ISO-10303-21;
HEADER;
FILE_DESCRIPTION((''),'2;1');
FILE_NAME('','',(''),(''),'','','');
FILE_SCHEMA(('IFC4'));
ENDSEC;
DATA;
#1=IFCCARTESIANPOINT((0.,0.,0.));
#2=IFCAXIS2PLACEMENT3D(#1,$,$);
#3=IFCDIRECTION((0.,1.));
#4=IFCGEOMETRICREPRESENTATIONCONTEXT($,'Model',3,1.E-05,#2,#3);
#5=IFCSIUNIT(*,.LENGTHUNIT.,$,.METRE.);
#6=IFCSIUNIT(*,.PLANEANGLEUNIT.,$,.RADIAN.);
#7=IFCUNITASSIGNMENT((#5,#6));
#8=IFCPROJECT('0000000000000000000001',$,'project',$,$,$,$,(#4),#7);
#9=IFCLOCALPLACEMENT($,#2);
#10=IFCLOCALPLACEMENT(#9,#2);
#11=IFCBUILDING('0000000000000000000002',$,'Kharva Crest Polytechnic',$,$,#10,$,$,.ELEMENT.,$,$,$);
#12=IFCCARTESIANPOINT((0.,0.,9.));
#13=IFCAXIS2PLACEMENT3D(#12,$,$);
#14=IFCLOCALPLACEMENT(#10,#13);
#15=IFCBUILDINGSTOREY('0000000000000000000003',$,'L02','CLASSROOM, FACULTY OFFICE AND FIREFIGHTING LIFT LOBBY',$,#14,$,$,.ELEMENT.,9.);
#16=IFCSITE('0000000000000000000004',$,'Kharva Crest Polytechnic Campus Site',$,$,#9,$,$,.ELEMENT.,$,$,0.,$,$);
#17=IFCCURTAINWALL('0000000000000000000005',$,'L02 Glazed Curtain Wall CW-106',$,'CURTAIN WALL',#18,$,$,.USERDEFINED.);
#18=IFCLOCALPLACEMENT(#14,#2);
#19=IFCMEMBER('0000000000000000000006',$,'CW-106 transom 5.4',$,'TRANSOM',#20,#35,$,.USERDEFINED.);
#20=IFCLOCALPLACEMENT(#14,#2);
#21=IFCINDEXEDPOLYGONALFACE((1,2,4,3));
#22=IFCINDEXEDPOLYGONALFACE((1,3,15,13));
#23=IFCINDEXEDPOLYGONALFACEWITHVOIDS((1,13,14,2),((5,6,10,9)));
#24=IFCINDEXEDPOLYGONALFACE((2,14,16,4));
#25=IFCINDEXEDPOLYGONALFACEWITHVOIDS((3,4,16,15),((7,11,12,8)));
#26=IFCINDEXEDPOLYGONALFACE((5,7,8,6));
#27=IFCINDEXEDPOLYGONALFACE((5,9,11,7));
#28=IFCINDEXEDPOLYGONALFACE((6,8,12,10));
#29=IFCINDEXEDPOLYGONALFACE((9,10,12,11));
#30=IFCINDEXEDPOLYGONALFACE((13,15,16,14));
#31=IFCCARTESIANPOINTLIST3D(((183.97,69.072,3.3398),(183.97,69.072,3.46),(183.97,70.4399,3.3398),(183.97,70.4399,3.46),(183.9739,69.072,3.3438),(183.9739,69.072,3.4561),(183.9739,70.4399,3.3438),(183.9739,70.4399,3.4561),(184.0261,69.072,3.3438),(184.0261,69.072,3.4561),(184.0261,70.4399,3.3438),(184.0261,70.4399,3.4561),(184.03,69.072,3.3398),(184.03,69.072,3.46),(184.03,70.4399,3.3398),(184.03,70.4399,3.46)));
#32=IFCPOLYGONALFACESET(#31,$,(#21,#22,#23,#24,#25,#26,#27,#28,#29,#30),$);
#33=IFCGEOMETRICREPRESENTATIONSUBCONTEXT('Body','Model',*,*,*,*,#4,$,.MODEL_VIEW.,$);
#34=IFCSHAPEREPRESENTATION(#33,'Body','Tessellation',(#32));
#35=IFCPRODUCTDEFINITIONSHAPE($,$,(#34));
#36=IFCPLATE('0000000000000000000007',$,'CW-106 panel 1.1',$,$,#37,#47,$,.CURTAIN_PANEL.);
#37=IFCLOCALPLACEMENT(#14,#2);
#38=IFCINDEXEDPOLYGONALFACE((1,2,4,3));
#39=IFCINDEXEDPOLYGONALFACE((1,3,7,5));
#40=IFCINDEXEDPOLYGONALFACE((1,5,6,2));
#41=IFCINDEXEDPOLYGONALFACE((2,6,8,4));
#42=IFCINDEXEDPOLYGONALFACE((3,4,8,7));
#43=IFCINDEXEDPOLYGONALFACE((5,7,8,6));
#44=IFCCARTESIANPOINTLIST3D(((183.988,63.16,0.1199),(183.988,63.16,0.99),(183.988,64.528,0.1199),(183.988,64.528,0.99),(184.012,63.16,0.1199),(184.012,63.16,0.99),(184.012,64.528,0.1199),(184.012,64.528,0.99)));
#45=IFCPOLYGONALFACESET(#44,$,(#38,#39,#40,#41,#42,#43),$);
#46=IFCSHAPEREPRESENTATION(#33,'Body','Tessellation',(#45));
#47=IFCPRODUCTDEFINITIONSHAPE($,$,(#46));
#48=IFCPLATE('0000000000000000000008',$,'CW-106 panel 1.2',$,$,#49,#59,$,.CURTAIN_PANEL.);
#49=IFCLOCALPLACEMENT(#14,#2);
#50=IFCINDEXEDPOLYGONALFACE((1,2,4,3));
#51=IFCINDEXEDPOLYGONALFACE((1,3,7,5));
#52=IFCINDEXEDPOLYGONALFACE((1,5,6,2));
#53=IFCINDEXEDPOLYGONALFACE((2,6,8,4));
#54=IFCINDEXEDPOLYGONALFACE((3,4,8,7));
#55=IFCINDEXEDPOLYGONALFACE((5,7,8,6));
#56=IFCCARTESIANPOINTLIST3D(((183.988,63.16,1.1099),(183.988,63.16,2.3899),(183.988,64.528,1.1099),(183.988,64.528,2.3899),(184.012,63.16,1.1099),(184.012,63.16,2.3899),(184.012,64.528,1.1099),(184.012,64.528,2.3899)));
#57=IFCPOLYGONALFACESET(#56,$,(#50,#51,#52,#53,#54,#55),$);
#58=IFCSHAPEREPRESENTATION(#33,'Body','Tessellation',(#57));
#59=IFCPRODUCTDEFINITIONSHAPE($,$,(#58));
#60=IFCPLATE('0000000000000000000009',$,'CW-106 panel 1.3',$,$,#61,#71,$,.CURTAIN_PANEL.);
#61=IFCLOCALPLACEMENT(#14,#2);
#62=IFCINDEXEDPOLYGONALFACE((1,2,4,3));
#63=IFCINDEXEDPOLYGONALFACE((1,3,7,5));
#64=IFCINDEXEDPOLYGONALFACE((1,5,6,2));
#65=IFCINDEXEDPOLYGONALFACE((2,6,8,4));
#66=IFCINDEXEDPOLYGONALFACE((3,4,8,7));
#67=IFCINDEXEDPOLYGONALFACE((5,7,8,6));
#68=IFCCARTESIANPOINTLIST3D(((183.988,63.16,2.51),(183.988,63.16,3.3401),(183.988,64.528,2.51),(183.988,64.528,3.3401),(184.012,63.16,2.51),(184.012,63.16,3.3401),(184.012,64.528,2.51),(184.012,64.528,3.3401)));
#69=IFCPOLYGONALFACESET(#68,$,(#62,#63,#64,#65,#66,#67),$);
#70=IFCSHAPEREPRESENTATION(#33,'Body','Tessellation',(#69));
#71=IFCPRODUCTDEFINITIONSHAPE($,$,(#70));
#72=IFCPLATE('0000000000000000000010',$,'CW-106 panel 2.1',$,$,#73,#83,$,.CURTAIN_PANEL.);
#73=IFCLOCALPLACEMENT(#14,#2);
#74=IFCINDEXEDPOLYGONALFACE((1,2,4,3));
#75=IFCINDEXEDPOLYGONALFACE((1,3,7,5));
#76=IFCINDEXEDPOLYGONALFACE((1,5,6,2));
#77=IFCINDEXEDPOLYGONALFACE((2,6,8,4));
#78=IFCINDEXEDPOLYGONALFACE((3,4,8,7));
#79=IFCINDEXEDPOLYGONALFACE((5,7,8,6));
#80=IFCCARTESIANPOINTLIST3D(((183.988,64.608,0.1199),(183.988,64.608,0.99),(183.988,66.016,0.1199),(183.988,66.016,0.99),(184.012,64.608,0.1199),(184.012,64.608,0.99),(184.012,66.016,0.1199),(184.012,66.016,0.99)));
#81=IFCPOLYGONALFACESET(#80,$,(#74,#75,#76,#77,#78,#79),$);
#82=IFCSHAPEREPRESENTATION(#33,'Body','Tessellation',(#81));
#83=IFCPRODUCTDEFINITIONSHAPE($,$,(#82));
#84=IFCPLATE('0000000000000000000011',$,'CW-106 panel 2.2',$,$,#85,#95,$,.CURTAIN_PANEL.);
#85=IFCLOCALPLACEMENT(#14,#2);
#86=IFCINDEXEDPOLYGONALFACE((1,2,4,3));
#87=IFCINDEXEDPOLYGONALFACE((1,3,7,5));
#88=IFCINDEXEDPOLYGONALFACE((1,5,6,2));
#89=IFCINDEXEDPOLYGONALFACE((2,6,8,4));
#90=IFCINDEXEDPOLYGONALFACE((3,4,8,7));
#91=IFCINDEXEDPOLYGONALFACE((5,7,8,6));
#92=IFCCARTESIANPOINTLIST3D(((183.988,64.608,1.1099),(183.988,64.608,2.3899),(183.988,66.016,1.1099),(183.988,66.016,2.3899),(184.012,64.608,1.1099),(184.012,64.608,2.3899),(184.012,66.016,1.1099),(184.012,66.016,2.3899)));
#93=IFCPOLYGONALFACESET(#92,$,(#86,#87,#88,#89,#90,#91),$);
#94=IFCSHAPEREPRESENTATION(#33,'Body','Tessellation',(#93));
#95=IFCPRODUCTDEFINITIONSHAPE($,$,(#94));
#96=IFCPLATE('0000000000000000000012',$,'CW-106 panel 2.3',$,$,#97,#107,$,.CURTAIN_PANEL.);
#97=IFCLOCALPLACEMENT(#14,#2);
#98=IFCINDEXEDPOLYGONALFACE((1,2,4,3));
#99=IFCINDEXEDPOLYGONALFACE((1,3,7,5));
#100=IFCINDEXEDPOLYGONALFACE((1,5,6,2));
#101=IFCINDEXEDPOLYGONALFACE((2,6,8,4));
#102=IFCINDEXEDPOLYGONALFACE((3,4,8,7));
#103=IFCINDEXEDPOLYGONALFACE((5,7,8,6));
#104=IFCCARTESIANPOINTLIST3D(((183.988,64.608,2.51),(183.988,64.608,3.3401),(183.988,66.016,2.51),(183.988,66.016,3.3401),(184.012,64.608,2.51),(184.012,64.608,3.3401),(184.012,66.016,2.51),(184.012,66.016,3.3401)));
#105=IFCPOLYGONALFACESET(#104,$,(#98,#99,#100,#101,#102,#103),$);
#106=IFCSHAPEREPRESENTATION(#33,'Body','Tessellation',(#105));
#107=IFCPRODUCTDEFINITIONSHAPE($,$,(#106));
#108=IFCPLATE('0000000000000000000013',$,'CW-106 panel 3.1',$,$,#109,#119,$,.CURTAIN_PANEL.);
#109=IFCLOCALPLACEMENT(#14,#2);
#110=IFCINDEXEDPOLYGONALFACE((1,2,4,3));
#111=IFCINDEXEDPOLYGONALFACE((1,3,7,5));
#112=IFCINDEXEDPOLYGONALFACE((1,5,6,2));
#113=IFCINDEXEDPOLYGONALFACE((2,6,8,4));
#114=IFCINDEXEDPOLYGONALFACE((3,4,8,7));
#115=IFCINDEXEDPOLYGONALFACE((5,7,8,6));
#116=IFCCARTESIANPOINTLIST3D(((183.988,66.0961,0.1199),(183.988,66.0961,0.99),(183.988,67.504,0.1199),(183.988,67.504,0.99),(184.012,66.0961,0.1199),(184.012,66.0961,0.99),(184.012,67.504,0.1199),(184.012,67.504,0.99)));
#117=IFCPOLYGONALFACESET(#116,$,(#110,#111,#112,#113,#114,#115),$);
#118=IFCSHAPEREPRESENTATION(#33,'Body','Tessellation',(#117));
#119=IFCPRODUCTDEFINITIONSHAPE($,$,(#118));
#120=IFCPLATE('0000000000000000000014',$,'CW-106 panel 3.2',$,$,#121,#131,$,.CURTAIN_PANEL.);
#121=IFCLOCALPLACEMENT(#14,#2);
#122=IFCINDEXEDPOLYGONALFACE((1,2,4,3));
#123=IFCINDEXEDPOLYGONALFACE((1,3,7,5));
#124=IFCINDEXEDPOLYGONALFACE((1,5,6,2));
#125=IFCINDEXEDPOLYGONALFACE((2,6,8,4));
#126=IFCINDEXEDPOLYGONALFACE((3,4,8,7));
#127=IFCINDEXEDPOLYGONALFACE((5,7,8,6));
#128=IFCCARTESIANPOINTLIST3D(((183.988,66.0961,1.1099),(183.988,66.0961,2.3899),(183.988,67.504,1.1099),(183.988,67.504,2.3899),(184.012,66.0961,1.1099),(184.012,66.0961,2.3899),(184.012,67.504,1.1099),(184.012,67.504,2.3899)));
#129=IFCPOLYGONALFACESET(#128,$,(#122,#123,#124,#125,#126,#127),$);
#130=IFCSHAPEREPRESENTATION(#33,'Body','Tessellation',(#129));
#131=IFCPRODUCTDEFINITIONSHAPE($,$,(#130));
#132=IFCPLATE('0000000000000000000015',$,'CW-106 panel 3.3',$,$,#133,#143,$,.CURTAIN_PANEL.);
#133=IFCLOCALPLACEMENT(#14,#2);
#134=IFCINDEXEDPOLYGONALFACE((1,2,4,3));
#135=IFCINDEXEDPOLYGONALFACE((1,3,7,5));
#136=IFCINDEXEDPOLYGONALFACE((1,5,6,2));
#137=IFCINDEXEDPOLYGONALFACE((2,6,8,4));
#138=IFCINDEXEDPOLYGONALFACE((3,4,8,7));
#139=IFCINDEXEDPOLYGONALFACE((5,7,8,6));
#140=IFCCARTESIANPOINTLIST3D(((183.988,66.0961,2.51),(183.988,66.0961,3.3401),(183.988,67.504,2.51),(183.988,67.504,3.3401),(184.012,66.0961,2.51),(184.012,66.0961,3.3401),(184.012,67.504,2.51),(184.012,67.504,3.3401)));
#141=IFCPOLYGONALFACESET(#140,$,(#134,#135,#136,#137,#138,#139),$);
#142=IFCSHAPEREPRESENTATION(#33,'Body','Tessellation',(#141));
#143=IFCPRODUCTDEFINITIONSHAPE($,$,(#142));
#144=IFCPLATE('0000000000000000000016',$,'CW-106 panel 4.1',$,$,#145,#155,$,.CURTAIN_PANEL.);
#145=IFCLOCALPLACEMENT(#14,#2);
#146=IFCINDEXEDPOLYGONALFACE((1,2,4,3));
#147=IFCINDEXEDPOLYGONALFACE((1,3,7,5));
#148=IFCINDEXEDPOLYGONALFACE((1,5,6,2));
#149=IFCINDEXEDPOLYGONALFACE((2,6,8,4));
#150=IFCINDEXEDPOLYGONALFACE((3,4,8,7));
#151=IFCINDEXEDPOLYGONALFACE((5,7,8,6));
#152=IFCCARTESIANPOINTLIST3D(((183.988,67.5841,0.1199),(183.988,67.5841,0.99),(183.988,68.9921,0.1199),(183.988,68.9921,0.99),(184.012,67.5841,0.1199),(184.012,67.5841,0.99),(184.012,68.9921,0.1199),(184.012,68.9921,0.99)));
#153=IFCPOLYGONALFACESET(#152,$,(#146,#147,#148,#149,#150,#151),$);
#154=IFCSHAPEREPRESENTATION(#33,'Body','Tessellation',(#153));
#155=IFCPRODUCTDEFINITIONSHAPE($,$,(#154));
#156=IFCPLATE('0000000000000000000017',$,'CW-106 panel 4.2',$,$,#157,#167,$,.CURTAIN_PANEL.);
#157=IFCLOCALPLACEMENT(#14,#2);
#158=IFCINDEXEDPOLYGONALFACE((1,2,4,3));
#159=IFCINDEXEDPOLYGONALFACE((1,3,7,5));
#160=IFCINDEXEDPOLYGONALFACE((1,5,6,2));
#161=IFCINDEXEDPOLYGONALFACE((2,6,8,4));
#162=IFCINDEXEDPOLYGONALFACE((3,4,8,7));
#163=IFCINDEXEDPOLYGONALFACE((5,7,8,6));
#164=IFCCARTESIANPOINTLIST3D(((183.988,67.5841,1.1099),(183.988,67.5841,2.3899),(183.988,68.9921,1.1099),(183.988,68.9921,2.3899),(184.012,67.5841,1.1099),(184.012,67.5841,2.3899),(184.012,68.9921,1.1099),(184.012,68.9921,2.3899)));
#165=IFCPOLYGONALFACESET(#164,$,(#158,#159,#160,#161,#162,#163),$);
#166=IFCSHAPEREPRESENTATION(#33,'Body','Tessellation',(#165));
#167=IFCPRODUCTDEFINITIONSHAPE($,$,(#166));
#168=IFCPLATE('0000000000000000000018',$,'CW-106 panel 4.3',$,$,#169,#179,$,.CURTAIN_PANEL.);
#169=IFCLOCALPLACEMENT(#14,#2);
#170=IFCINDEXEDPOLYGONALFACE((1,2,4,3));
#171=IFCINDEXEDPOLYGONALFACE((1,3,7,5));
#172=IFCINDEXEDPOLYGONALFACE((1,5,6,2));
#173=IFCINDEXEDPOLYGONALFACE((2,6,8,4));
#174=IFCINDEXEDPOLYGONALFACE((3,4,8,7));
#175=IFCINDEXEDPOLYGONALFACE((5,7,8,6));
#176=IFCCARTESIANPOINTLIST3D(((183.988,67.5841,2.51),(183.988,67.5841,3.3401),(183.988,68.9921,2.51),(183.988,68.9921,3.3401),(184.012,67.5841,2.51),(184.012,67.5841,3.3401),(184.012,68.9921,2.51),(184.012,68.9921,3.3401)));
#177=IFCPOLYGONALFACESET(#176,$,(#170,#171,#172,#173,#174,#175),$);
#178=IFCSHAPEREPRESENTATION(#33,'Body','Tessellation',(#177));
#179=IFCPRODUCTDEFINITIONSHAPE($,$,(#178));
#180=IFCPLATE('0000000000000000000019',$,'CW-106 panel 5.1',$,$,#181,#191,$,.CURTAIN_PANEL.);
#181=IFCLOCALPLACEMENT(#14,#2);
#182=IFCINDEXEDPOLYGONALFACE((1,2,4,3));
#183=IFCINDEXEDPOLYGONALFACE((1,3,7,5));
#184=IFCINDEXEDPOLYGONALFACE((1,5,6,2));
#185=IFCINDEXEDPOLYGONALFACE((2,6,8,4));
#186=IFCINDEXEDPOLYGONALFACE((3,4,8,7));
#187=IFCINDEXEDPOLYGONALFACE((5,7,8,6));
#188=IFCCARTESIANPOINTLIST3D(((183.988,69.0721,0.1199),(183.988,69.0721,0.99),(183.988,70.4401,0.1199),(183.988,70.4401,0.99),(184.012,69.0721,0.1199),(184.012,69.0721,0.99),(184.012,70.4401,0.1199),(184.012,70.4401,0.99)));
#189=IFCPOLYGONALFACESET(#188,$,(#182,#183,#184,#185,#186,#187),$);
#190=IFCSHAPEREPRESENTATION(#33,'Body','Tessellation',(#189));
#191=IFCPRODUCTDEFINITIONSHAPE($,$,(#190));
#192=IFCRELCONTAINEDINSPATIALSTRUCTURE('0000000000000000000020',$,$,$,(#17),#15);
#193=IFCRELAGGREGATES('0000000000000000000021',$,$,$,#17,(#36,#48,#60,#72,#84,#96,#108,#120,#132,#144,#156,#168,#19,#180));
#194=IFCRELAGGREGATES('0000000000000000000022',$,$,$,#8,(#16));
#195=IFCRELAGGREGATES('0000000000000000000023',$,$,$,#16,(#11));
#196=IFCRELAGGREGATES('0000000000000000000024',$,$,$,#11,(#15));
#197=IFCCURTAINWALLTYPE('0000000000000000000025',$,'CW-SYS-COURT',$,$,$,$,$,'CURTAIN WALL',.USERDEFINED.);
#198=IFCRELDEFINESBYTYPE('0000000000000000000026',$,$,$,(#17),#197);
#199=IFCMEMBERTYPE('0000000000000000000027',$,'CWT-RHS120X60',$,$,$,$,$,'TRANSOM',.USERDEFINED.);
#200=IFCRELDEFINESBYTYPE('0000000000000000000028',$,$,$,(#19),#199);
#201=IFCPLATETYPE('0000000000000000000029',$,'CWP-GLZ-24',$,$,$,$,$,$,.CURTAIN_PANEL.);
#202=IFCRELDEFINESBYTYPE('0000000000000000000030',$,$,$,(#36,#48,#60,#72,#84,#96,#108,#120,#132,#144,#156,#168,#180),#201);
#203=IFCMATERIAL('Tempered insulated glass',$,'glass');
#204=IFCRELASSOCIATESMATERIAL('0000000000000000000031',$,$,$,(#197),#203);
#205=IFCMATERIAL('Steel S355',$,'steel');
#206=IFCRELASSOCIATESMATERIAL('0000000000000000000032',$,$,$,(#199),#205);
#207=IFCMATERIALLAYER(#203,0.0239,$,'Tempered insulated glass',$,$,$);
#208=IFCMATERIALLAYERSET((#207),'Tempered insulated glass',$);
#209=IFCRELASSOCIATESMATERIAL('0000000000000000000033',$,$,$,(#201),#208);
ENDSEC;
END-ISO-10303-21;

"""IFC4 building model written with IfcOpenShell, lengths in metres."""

from ifc_helpers import new_model, si_unit, direction, frame, origin, origin_2d, place, context, subcontext, project, spatial, rectangle, hollow_rectangle, extrude, material, layer, layer_set, material_profile, profile_set, type_object, element, aggregate, save


model = new_model("IFC4")

# Units and contexts
model_context = context("Model", 3, precision=1e-05, world=origin(), true_north=direction((0.0, 1.0)))
body_context = subcontext(model_context, "Body", "Model", "MODEL_VIEW")
ifc_project = project(units=[si_unit("LENGTHUNIT", "METRE"), si_unit("PLANEANGLEUNIT", "RADIAN")], contexts=[model_context])

# Site, building, storey
site_placement = place(None, origin())
site = spatial("IfcSite", under=ifc_project, at=site_placement, Name="Kharva Crest Polytechnic Campus Site", CompositionType="ELEMENT", RefElevation=0.0)
building_placement = place(site_placement, origin())
building = spatial("IfcBuilding", under=site, at=building_placement, Name="Kharva Crest Polytechnic", CompositionType="ELEMENT")
storey_placement = place(building_placement, frame((0.0, 0.0, 9.0)))
storey = spatial("IfcBuildingStorey", under=building, at=storey_placement, Name="L02", Description="CLASSROOM, FACULTY OFFICE AND FIREFIGHTING LIFT LOBBY", CompositionType="ELEMENT", Elevation=9.0)

# Curtain wall, member, plates
ifc_material_1 = material(Name="Tempered insulated glass", Category="glass")
curtain_wall_type = type_object("IfcCurtainWallType", Name="CW-SYS-COURT", ElementType="CURTAIN WALL", PredefinedType="USERDEFINED", material=ifc_material_1)
curtain_wall_placement = place(storey_placement, origin())
curtain_wall = element("IfcCurtainWall", 1, at=curtain_wall_placement, inside=storey, type_object=curtain_wall_type, Name="L02 Glazed Curtain Wall CW-106", ObjectType="CURTAIN WALL", PredefinedType="USERDEFINED")
ifc_material_2 = material(Name="Steel S355", Category="steel")
ifc_material_profile_1 = material_profile(ifc_material_2, hollow_rectangle(XDim=0.0601, YDim=0.1201, WallThickness=0.0039, at=origin_2d()), Name="RHS 120X60X4.0")
ifc_profile_set_1 = profile_set([ifc_material_profile_1], Name="Steel S355")
member_type_1 = type_object("IfcMemberType", Name="CWT-RHS120X60", ElementType="TRANSOM", PredefinedType="USERDEFINED", material=ifc_profile_set_1)
member_1_placement = place(storey_placement, frame((184.0, 69.072, 3.3999), z_axis=(0.0, 1.0, 0.0), x_axis=(-1.0, 0.0, 0.0)))
member_1 = element("IfcMember", 2, at=member_1_placement, type_object=member_type_1, Name="CW-106 transom 5.4", ObjectType="TRANSOM", PredefinedType="USERDEFINED", context=body_context, shape_type="SweptSolid", body=[
    extrude(hollow_rectangle(XDim=0.0601, YDim=0.1201, WallThickness=0.0039, at=origin_2d()), origin(), (0.0, 0.0, 1.0), 1.3679),
])
ifc_layer_1 = layer(ifc_material_1, 0.0239, Name="Tempered insulated glass")
ifc_layer_set_1 = layer_set([ifc_layer_1], Name="Tempered insulated glass")
plate_type = type_object("IfcPlateType", Name="CWP-GLZ-24", PredefinedType="CURTAIN_PANEL", material=ifc_layer_set_1)
plate_1_placement = place(storey_placement, frame((184.0, 63.844, 0.1199), z_axis=(0.0, 0.0, 1.0), x_axis=(0.0, 1.0, 0.0)))
plate_1 = element("IfcPlate", 3, at=plate_1_placement, type_object=plate_type, Name="CW-106 panel 1.1", PredefinedType="CURTAIN_PANEL", context=body_context, shape_type="SweptSolid", body=[
    extrude(rectangle(XDim=1.3679, YDim=0.0239, at=origin_2d()), origin(), (0.0, 0.0, 1.0), 0.8701),
])
plate_2_placement = place(storey_placement, frame((184.0, 63.844, 1.1099), z_axis=(0.0, 0.0, 1.0), x_axis=(0.0, 1.0, 0.0)))
plate_2 = element("IfcPlate", 4, at=plate_2_placement, type_object=plate_type, Name="CW-106 panel 1.2", PredefinedType="CURTAIN_PANEL", context=body_context, shape_type="SweptSolid", body=[
    extrude(rectangle(XDim=1.3679, YDim=0.0239, at=origin_2d()), origin(), (0.0, 0.0, 1.0), 1.28),
])
plate_3_placement = place(storey_placement, frame((184.0, 63.844, 2.51), z_axis=(0.0, 0.0, 1.0), x_axis=(0.0, 1.0, 0.0)))
plate_3 = element("IfcPlate", 5, at=plate_3_placement, type_object=plate_type, Name="CW-106 panel 1.3", PredefinedType="CURTAIN_PANEL", context=body_context, shape_type="SweptSolid", body=[
    extrude(rectangle(XDim=1.3679, YDim=0.0239, at=origin_2d()), origin(), (0.0, 0.0, 1.0), 0.8301),
])
plate_4_placement = place(storey_placement, frame((184.0, 65.312, 0.1199), z_axis=(0.0, 0.0, 1.0), x_axis=(0.0, 1.0, 0.0)))
plate_4 = element("IfcPlate", 6, at=plate_4_placement, type_object=plate_type, Name="CW-106 panel 2.1", PredefinedType="CURTAIN_PANEL", context=body_context, shape_type="SweptSolid", body=[
    extrude(rectangle(XDim=1.408, YDim=0.0239, at=origin_2d()), origin(), (0.0, 0.0, 1.0), 0.8701),
])
plate_5_placement = place(storey_placement, frame((184.0, 65.312, 1.1099), z_axis=(0.0, 0.0, 1.0), x_axis=(0.0, 1.0, 0.0)))
plate_5 = element("IfcPlate", 7, at=plate_5_placement, type_object=plate_type, Name="CW-106 panel 2.2", PredefinedType="CURTAIN_PANEL", context=body_context, shape_type="SweptSolid", body=[
    extrude(rectangle(XDim=1.408, YDim=0.0239, at=origin_2d()), origin(), (0.0, 0.0, 1.0), 1.28),
])
plate_6_placement = place(storey_placement, frame((184.0, 65.312, 2.51), z_axis=(0.0, 0.0, 1.0), x_axis=(0.0, 1.0, 0.0)))
plate_6 = element("IfcPlate", 8, at=plate_6_placement, type_object=plate_type, Name="CW-106 panel 2.3", PredefinedType="CURTAIN_PANEL", context=body_context, shape_type="SweptSolid", body=[
    extrude(rectangle(XDim=1.408, YDim=0.0239, at=origin_2d()), origin(), (0.0, 0.0, 1.0), 0.8301),
])
plate_7_placement = place(storey_placement, frame((184.0, 66.8, 0.1199), z_axis=(0.0, 0.0, 1.0), x_axis=(0.0, 1.0, 0.0)))
plate_7 = element("IfcPlate", 9, at=plate_7_placement, type_object=plate_type, Name="CW-106 panel 3.1", PredefinedType="CURTAIN_PANEL", context=body_context, shape_type="SweptSolid", body=[
    extrude(rectangle(XDim=1.408, YDim=0.0239, at=origin_2d()), origin(), (0.0, 0.0, 1.0), 0.8701),
])
plate_8_placement = place(storey_placement, frame((184.0, 66.8, 1.1099), z_axis=(0.0, 0.0, 1.0), x_axis=(0.0, 1.0, 0.0)))
plate_8 = element("IfcPlate", 10, at=plate_8_placement, type_object=plate_type, Name="CW-106 panel 3.2", PredefinedType="CURTAIN_PANEL", context=body_context, shape_type="SweptSolid", body=[
    extrude(rectangle(XDim=1.408, YDim=0.0239, at=origin_2d()), origin(), (0.0, 0.0, 1.0), 1.28),
])
plate_9_placement = place(storey_placement, frame((184.0, 66.8, 2.51), z_axis=(0.0, 0.0, 1.0), x_axis=(0.0, 1.0, 0.0)))
plate_9 = element("IfcPlate", 11, at=plate_9_placement, type_object=plate_type, Name="CW-106 panel 3.3", PredefinedType="CURTAIN_PANEL", context=body_context, shape_type="SweptSolid", body=[
    extrude(rectangle(XDim=1.408, YDim=0.0239, at=origin_2d()), origin(), (0.0, 0.0, 1.0), 0.8301),
])
plate_10_placement = place(storey_placement, frame((184.0, 68.2881, 0.1199), z_axis=(0.0, 0.0, 1.0), x_axis=(0.0, 1.0, 0.0)))
plate_10 = element("IfcPlate", 12, at=plate_10_placement, type_object=plate_type, Name="CW-106 panel 4.1", PredefinedType="CURTAIN_PANEL", context=body_context, shape_type="SweptSolid", body=[
    extrude(rectangle(XDim=1.408, YDim=0.0239, at=origin_2d()), origin(), (0.0, 0.0, 1.0), 0.8701),
])
plate_11_placement = place(storey_placement, frame((184.0, 68.2881, 1.1099), z_axis=(0.0, 0.0, 1.0), x_axis=(0.0, 1.0, 0.0)))
plate_11 = element("IfcPlate", 13, at=plate_11_placement, type_object=plate_type, Name="CW-106 panel 4.2", PredefinedType="CURTAIN_PANEL", context=body_context, shape_type="SweptSolid", body=[
    extrude(rectangle(XDim=1.408, YDim=0.0239, at=origin_2d()), origin(), (0.0, 0.0, 1.0), 1.28),
])
plate_12_placement = place(storey_placement, frame((184.0, 68.2881, 2.51), z_axis=(0.0, 0.0, 1.0), x_axis=(0.0, 1.0, 0.0)))
plate_12 = element("IfcPlate", 14, at=plate_12_placement, type_object=plate_type, Name="CW-106 panel 4.3", PredefinedType="CURTAIN_PANEL", context=body_context, shape_type="SweptSolid", body=[
    extrude(rectangle(XDim=1.408, YDim=0.0239, at=origin_2d()), origin(), (0.0, 0.0, 1.0), 0.8301),
])
plate_13_placement = place(storey_placement, frame((184.0, 69.7561, 0.1199), z_axis=(0.0, 0.0, 1.0), x_axis=(0.0, 1.0, 0.0)))
plate_13 = element("IfcPlate", 15, at=plate_13_placement, type_object=plate_type, Name="CW-106 panel 5.1", PredefinedType="CURTAIN_PANEL", context=body_context, shape_type="SweptSolid", body=[
    extrude(rectangle(XDim=1.3679, YDim=0.0239, at=origin_2d()), origin(), (0.0, 0.0, 1.0), 0.8701),
])
aggregate(curtain_wall, [plate_1, plate_2, plate_3, plate_4, plate_5, plate_6, plate_7, plate_8, plate_9, plate_10, plate_11, plate_12, member_1, plate_13])

save(model, "model.ifc")
